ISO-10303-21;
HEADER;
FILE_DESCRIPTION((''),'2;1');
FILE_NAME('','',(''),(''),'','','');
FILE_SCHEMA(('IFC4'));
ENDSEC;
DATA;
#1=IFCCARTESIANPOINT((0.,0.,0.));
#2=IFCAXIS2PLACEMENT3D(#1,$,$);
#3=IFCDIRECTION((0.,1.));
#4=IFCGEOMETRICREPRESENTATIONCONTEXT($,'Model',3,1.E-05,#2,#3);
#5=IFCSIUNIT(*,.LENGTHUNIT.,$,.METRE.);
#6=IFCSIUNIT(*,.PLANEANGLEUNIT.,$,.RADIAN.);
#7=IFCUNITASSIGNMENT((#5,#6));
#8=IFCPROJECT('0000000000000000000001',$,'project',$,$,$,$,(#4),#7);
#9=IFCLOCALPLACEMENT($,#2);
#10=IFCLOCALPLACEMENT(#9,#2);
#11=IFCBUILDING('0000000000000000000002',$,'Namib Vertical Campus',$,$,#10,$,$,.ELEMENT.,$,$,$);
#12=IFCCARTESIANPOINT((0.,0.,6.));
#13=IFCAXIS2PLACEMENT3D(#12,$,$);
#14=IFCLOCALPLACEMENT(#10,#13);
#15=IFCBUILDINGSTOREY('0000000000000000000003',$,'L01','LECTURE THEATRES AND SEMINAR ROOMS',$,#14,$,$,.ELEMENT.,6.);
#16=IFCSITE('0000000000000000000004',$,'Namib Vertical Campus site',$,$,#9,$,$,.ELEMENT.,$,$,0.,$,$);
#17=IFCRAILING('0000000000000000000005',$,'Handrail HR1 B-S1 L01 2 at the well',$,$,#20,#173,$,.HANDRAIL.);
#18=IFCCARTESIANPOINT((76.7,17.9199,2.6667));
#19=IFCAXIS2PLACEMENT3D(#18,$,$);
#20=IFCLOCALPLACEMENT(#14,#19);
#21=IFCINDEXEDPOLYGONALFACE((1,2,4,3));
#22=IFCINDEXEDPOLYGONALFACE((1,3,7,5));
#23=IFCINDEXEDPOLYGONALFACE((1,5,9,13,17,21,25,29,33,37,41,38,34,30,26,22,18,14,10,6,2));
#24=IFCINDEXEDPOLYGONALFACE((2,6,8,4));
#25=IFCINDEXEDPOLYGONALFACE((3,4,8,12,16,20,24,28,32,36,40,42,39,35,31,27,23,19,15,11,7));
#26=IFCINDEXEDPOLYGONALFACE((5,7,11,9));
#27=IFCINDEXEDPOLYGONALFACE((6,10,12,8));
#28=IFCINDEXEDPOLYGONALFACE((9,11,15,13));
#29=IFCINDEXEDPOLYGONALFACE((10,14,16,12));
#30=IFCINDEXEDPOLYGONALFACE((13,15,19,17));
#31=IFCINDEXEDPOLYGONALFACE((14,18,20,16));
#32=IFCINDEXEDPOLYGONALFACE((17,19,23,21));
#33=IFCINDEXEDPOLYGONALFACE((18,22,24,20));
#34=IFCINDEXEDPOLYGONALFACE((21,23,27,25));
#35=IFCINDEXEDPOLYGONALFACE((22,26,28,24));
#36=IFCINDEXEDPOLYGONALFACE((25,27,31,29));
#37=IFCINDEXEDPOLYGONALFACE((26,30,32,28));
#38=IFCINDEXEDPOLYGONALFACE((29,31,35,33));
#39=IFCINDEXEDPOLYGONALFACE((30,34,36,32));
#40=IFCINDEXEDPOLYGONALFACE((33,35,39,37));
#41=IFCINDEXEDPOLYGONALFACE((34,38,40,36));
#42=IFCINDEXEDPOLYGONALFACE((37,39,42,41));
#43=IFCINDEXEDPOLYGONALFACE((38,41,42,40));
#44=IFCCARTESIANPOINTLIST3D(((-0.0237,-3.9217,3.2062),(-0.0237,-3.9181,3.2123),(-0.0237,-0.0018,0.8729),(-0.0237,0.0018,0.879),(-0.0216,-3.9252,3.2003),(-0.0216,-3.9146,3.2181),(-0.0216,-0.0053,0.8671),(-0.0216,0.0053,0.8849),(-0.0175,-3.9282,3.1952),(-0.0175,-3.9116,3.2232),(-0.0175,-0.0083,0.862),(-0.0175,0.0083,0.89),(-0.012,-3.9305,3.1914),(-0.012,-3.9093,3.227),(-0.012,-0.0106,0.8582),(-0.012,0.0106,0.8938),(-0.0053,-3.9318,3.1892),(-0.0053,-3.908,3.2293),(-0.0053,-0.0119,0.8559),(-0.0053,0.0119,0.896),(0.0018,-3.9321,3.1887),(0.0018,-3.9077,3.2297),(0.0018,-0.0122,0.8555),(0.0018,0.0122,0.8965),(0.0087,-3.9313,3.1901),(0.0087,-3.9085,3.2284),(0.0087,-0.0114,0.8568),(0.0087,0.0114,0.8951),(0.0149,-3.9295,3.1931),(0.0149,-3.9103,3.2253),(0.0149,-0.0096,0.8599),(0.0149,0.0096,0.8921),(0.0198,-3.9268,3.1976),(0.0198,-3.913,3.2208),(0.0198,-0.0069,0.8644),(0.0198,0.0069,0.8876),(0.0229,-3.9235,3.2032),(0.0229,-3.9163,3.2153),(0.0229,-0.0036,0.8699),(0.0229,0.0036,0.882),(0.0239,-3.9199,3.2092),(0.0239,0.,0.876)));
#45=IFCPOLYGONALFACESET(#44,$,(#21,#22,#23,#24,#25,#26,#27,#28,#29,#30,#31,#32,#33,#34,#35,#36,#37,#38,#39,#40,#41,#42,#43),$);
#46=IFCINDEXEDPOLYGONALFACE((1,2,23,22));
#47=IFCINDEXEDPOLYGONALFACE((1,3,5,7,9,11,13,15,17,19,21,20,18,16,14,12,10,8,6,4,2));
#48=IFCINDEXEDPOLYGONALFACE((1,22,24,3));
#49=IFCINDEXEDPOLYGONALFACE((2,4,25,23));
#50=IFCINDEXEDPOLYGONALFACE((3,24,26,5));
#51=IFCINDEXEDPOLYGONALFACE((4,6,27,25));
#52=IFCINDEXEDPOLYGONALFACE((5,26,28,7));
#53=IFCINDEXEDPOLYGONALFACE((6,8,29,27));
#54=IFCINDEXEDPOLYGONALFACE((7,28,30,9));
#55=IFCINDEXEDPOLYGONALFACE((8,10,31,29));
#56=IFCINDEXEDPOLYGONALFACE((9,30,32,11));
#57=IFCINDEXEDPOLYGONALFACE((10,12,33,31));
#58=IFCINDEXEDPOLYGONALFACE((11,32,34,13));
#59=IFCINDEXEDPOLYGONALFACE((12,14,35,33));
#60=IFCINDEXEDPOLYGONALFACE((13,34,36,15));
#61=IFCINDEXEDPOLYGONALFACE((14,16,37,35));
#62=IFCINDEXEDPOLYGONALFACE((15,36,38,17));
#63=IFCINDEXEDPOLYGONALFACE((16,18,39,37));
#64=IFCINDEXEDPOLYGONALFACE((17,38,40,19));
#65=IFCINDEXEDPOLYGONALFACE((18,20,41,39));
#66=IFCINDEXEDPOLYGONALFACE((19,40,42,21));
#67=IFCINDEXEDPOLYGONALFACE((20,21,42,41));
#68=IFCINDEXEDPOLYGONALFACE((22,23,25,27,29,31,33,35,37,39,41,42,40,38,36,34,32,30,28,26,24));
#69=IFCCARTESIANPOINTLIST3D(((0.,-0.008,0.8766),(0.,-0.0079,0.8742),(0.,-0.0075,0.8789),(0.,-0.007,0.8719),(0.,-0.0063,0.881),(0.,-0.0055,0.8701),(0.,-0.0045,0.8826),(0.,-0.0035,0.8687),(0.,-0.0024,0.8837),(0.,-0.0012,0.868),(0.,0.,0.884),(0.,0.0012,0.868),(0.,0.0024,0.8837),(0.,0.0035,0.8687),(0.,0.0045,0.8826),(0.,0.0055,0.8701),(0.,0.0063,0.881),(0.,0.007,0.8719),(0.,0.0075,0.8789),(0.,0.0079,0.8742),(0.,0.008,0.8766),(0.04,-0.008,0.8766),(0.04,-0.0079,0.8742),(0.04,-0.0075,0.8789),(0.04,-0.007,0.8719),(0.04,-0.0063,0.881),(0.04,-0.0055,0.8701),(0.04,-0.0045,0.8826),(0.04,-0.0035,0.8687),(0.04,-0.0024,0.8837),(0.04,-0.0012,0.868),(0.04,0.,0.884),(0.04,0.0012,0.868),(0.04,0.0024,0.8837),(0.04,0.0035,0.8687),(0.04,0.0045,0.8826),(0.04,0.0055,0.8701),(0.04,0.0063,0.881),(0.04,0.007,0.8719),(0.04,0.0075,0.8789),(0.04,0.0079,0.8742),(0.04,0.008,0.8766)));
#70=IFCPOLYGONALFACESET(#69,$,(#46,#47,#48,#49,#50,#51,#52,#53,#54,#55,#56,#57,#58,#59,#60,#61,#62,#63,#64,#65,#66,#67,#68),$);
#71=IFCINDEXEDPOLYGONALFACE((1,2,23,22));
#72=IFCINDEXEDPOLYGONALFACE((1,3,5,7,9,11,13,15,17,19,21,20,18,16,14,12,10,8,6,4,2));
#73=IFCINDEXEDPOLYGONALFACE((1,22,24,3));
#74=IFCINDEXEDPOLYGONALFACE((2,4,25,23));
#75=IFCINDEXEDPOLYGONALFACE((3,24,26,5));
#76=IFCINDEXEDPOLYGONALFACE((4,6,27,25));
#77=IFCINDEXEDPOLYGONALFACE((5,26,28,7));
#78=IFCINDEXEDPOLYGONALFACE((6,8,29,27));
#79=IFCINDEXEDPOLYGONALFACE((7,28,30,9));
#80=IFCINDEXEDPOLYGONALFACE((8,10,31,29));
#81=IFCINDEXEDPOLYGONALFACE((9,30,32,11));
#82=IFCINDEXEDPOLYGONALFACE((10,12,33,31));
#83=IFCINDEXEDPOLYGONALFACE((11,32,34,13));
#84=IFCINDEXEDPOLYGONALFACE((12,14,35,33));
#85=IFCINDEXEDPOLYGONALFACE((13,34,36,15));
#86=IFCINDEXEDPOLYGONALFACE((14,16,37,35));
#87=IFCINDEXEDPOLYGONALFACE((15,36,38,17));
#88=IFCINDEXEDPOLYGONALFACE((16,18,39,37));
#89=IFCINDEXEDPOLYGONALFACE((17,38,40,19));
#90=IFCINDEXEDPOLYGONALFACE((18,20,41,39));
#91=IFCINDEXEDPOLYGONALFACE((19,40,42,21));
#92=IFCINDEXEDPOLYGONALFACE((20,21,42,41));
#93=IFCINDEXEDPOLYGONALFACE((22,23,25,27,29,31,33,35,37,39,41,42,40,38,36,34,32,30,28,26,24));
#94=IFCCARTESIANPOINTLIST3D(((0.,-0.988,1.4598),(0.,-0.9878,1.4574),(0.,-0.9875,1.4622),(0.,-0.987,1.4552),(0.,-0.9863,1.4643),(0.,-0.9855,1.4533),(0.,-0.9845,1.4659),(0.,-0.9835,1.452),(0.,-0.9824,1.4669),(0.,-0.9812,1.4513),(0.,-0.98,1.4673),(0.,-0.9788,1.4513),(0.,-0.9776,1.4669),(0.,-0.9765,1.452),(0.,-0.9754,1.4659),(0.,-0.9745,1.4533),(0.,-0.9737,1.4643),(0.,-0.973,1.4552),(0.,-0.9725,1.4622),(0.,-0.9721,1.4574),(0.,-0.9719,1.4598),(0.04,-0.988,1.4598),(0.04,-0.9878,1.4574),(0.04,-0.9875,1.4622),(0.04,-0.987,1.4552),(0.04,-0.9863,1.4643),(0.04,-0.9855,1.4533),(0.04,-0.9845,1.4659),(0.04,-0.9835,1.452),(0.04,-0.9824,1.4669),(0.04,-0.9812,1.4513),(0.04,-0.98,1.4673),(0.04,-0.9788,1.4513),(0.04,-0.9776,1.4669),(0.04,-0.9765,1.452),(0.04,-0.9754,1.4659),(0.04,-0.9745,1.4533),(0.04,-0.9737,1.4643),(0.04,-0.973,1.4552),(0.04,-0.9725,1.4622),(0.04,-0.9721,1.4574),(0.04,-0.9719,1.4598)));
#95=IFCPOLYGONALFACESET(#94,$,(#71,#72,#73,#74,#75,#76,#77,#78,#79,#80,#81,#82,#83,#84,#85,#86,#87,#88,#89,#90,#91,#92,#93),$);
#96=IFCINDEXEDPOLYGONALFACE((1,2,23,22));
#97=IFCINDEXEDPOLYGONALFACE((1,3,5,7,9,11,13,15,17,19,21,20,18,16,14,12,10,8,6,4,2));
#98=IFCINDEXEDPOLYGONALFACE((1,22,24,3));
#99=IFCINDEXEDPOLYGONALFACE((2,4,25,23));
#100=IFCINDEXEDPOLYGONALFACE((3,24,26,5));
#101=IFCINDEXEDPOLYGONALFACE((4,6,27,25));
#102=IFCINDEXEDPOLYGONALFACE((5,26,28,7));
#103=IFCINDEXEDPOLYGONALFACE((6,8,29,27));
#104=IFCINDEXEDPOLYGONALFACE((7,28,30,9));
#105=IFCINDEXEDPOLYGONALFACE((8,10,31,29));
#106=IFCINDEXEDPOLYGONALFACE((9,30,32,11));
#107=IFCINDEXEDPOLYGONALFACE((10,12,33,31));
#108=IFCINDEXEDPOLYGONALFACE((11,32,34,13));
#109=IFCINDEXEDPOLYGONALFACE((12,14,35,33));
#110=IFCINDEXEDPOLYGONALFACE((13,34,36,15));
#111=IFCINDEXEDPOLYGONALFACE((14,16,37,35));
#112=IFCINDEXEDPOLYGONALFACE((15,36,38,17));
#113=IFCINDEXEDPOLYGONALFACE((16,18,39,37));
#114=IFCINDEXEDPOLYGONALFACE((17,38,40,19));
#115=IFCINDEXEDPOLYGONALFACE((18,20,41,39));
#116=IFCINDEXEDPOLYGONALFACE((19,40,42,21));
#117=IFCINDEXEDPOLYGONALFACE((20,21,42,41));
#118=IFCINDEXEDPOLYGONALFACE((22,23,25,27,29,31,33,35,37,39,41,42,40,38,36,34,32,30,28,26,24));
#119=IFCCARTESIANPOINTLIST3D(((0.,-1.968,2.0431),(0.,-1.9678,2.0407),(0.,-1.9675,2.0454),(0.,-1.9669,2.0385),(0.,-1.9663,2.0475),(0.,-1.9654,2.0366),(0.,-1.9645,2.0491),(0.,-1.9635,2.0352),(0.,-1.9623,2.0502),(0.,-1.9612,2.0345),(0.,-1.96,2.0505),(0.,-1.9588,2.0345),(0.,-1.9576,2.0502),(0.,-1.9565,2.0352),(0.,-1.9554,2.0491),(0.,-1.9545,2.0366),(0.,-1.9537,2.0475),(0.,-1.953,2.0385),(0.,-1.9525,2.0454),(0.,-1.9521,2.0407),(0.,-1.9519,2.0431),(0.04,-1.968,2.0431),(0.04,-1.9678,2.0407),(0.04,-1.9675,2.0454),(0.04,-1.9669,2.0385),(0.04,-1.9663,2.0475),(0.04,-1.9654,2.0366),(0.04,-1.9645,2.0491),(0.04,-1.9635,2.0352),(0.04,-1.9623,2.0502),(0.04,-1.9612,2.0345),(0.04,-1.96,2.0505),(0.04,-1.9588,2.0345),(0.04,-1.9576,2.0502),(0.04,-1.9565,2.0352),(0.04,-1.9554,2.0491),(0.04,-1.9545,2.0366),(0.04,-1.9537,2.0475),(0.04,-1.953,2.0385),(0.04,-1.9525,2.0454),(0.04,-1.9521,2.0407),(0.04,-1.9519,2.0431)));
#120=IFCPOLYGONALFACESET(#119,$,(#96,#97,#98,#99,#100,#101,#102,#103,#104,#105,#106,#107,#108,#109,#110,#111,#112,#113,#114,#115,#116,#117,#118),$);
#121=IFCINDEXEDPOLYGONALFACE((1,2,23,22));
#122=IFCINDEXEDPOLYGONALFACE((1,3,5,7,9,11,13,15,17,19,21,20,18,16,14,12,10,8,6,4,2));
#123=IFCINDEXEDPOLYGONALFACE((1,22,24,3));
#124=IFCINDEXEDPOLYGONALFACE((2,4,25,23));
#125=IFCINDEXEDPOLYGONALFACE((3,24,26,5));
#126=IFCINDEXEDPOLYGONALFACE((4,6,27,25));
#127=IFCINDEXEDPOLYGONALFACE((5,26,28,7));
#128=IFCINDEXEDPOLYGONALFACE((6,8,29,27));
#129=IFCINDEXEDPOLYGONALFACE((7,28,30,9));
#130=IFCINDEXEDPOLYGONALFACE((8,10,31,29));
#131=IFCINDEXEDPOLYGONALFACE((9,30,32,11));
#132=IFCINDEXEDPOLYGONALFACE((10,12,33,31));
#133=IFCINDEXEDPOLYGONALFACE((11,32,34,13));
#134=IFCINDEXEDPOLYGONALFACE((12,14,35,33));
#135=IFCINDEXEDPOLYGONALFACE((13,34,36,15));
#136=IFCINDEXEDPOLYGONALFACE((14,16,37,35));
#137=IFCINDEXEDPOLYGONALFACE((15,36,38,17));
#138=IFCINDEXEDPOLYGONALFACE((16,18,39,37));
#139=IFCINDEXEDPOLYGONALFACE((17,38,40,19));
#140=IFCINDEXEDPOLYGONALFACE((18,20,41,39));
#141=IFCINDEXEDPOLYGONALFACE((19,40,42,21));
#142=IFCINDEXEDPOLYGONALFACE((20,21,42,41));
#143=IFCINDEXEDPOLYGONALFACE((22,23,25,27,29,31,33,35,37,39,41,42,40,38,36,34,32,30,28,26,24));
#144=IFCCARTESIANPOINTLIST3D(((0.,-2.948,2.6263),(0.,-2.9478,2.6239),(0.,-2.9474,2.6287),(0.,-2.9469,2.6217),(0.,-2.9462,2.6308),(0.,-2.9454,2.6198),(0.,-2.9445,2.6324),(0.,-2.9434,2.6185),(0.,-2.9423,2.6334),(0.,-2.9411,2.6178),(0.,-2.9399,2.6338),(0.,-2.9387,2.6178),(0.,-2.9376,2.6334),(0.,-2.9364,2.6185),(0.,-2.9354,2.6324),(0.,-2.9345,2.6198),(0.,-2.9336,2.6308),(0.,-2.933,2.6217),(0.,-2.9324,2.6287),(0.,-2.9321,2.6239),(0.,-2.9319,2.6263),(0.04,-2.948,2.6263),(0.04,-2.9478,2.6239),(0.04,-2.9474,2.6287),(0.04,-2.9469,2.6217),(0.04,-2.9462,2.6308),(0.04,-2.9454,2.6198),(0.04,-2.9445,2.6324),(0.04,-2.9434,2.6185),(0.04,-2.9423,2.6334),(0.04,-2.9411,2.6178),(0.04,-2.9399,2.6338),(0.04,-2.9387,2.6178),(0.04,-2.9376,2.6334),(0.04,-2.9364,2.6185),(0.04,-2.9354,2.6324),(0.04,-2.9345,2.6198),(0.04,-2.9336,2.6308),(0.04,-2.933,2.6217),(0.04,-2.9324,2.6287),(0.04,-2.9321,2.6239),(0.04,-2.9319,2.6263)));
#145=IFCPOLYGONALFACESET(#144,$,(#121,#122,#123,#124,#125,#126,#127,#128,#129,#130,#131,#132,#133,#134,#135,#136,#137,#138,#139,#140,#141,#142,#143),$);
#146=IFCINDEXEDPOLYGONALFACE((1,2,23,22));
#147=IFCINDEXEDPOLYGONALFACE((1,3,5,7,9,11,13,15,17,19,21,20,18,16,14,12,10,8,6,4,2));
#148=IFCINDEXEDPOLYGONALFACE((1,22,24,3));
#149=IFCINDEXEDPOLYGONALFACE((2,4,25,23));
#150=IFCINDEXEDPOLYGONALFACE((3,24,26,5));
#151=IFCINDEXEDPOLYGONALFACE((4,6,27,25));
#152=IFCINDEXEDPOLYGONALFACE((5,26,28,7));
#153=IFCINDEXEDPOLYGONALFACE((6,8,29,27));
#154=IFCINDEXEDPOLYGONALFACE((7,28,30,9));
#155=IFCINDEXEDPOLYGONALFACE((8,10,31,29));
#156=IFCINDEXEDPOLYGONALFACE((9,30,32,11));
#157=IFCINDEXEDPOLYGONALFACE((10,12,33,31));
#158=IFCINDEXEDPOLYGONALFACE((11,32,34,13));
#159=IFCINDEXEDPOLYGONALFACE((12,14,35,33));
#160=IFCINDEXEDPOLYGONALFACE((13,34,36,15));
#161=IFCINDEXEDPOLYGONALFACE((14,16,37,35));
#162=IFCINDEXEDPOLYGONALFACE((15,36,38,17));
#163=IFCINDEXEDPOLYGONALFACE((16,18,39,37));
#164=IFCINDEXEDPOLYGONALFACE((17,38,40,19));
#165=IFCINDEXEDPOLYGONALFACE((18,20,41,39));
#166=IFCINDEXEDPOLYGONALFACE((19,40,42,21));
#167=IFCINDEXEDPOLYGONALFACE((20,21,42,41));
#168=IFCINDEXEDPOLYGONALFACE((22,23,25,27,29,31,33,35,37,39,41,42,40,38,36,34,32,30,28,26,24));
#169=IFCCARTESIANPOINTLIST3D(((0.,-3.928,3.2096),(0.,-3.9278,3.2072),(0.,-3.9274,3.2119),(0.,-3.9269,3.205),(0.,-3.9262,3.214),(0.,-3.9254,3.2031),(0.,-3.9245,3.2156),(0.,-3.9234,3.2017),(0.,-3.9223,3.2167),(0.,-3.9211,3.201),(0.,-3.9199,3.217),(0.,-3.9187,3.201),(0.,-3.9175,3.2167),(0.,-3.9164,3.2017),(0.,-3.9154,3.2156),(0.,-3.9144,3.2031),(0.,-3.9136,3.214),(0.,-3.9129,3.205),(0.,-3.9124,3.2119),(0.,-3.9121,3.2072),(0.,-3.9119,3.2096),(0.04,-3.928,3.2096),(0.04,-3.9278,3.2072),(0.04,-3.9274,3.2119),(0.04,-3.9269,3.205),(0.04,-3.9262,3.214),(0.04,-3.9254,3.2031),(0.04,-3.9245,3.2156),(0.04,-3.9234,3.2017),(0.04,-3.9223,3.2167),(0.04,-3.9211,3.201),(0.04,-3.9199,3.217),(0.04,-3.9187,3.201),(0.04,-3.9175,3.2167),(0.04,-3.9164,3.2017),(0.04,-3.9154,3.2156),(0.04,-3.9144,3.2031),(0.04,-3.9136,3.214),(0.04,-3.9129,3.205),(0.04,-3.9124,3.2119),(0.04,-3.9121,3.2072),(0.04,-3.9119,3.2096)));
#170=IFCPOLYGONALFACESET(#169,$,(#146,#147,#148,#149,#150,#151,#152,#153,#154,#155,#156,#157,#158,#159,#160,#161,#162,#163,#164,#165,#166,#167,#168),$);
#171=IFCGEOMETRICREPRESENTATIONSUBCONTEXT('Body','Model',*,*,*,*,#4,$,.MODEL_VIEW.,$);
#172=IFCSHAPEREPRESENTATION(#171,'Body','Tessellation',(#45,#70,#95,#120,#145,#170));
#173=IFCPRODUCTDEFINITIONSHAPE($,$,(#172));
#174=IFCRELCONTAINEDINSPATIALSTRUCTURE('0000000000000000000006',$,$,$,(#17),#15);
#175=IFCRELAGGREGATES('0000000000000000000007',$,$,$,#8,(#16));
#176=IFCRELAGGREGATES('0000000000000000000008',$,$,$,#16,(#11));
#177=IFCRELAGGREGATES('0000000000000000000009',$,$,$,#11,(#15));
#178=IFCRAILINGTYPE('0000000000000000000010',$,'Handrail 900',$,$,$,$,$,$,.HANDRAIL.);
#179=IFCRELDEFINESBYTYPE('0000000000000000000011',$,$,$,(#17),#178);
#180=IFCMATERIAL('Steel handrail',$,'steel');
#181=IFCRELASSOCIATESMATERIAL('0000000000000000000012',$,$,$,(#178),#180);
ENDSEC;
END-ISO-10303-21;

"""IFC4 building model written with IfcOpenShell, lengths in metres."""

from ifc_helpers import new_model, si_unit, direction, frame, origin, origin_2d, place, context, subcontext, project, spatial, circle, extrude, material, type_object, element, save


model = new_model("IFC4")

# Units and contexts
model_context = context("Model", 3, precision=1e-05, world=origin(), true_north=direction((0.0, 1.0)))
body_context = subcontext(model_context, "Body", "Model", "MODEL_VIEW")
ifc_project = project(units=[si_unit("LENGTHUNIT", "METRE"), si_unit("PLANEANGLEUNIT", "RADIAN")], contexts=[model_context])

# Site, building, storey
site_placement = place(None, origin())
site = spatial("IfcSite", under=ifc_project, at=site_placement, Name="Namib Vertical Campus site", CompositionType="ELEMENT", RefElevation=0.0)
building_placement = place(site_placement, origin())
building = spatial("IfcBuilding", under=site, at=building_placement, Name="Namib Vertical Campus", CompositionType="ELEMENT")
storey_placement = place(building_placement, frame((0.0, 0.0, 6.0)))
storey = spatial("IfcBuildingStorey", under=building, at=storey_placement, Name="L01", Description="LECTURE THEATRES AND SEMINAR ROOMS", CompositionType="ELEMENT", Elevation=6.0)

# Railing
ifc_material_1 = material(Name="Steel handrail", Category="steel")
railing_type_1 = type_object("IfcRailingType", Name="Handrail 900", PredefinedType="HANDRAIL", material=ifc_material_1)
railing_1_placement = place(storey_placement, frame((76.7, 17.9199, 2.6667)))
element("IfcRailing", 1, at=railing_1_placement, inside=storey, type_object=railing_type_1, Name="Handrail HR1 B-S1 L01 2 at the well", PredefinedType="HANDRAIL", context=body_context, shape_type="SweptSolid", body=[
    extrude(circle(Radius=0.0239, at=origin_2d()), frame((0.0, 0.0, 0.876), z_axis=(0.0, -0.859296, 0.511478), x_axis=(1.0, 0.0, 0.0)), (0.0, 0.0, 1.0), 4.5618),
    extrude(circle(Radius=0.0081, at=origin_2d()), frame((0.0, 0.0, 0.876), z_axis=(1.0, 0.0, 0.0), x_axis=(0.0, 0.0, 1.0)), (0.0, 0.0, 1.0), 0.04),
    extrude(circle(Radius=0.0081, at=origin_2d()), frame((0.0, -0.98, 1.4592), z_axis=(1.0, 0.0, 0.0), x_axis=(0.0, 0.0, 1.0)), (0.0, 0.0, 1.0), 0.04),
    extrude(circle(Radius=0.0081, at=origin_2d()), frame((0.0, -1.96, 2.0425), z_axis=(1.0, 0.0, 0.0), x_axis=(0.0, 0.0, 1.0)), (0.0, 0.0, 1.0), 0.04),
    extrude(circle(Radius=0.0081, at=origin_2d()), frame((0.0, -2.9399, 2.6257), z_axis=(1.0, 0.0, 0.0), x_axis=(0.0, 0.0, 1.0)), (0.0, 0.0, 1.0), 0.04),
    extrude(circle(Radius=0.0081, at=origin_2d()), frame((0.0, -3.9199, 3.209), z_axis=(1.0, 0.0, 0.0), x_axis=(0.0, 0.0, 1.0)), (0.0, 0.0, 1.0), 0.04),
])

save(model, "model.ifc")
